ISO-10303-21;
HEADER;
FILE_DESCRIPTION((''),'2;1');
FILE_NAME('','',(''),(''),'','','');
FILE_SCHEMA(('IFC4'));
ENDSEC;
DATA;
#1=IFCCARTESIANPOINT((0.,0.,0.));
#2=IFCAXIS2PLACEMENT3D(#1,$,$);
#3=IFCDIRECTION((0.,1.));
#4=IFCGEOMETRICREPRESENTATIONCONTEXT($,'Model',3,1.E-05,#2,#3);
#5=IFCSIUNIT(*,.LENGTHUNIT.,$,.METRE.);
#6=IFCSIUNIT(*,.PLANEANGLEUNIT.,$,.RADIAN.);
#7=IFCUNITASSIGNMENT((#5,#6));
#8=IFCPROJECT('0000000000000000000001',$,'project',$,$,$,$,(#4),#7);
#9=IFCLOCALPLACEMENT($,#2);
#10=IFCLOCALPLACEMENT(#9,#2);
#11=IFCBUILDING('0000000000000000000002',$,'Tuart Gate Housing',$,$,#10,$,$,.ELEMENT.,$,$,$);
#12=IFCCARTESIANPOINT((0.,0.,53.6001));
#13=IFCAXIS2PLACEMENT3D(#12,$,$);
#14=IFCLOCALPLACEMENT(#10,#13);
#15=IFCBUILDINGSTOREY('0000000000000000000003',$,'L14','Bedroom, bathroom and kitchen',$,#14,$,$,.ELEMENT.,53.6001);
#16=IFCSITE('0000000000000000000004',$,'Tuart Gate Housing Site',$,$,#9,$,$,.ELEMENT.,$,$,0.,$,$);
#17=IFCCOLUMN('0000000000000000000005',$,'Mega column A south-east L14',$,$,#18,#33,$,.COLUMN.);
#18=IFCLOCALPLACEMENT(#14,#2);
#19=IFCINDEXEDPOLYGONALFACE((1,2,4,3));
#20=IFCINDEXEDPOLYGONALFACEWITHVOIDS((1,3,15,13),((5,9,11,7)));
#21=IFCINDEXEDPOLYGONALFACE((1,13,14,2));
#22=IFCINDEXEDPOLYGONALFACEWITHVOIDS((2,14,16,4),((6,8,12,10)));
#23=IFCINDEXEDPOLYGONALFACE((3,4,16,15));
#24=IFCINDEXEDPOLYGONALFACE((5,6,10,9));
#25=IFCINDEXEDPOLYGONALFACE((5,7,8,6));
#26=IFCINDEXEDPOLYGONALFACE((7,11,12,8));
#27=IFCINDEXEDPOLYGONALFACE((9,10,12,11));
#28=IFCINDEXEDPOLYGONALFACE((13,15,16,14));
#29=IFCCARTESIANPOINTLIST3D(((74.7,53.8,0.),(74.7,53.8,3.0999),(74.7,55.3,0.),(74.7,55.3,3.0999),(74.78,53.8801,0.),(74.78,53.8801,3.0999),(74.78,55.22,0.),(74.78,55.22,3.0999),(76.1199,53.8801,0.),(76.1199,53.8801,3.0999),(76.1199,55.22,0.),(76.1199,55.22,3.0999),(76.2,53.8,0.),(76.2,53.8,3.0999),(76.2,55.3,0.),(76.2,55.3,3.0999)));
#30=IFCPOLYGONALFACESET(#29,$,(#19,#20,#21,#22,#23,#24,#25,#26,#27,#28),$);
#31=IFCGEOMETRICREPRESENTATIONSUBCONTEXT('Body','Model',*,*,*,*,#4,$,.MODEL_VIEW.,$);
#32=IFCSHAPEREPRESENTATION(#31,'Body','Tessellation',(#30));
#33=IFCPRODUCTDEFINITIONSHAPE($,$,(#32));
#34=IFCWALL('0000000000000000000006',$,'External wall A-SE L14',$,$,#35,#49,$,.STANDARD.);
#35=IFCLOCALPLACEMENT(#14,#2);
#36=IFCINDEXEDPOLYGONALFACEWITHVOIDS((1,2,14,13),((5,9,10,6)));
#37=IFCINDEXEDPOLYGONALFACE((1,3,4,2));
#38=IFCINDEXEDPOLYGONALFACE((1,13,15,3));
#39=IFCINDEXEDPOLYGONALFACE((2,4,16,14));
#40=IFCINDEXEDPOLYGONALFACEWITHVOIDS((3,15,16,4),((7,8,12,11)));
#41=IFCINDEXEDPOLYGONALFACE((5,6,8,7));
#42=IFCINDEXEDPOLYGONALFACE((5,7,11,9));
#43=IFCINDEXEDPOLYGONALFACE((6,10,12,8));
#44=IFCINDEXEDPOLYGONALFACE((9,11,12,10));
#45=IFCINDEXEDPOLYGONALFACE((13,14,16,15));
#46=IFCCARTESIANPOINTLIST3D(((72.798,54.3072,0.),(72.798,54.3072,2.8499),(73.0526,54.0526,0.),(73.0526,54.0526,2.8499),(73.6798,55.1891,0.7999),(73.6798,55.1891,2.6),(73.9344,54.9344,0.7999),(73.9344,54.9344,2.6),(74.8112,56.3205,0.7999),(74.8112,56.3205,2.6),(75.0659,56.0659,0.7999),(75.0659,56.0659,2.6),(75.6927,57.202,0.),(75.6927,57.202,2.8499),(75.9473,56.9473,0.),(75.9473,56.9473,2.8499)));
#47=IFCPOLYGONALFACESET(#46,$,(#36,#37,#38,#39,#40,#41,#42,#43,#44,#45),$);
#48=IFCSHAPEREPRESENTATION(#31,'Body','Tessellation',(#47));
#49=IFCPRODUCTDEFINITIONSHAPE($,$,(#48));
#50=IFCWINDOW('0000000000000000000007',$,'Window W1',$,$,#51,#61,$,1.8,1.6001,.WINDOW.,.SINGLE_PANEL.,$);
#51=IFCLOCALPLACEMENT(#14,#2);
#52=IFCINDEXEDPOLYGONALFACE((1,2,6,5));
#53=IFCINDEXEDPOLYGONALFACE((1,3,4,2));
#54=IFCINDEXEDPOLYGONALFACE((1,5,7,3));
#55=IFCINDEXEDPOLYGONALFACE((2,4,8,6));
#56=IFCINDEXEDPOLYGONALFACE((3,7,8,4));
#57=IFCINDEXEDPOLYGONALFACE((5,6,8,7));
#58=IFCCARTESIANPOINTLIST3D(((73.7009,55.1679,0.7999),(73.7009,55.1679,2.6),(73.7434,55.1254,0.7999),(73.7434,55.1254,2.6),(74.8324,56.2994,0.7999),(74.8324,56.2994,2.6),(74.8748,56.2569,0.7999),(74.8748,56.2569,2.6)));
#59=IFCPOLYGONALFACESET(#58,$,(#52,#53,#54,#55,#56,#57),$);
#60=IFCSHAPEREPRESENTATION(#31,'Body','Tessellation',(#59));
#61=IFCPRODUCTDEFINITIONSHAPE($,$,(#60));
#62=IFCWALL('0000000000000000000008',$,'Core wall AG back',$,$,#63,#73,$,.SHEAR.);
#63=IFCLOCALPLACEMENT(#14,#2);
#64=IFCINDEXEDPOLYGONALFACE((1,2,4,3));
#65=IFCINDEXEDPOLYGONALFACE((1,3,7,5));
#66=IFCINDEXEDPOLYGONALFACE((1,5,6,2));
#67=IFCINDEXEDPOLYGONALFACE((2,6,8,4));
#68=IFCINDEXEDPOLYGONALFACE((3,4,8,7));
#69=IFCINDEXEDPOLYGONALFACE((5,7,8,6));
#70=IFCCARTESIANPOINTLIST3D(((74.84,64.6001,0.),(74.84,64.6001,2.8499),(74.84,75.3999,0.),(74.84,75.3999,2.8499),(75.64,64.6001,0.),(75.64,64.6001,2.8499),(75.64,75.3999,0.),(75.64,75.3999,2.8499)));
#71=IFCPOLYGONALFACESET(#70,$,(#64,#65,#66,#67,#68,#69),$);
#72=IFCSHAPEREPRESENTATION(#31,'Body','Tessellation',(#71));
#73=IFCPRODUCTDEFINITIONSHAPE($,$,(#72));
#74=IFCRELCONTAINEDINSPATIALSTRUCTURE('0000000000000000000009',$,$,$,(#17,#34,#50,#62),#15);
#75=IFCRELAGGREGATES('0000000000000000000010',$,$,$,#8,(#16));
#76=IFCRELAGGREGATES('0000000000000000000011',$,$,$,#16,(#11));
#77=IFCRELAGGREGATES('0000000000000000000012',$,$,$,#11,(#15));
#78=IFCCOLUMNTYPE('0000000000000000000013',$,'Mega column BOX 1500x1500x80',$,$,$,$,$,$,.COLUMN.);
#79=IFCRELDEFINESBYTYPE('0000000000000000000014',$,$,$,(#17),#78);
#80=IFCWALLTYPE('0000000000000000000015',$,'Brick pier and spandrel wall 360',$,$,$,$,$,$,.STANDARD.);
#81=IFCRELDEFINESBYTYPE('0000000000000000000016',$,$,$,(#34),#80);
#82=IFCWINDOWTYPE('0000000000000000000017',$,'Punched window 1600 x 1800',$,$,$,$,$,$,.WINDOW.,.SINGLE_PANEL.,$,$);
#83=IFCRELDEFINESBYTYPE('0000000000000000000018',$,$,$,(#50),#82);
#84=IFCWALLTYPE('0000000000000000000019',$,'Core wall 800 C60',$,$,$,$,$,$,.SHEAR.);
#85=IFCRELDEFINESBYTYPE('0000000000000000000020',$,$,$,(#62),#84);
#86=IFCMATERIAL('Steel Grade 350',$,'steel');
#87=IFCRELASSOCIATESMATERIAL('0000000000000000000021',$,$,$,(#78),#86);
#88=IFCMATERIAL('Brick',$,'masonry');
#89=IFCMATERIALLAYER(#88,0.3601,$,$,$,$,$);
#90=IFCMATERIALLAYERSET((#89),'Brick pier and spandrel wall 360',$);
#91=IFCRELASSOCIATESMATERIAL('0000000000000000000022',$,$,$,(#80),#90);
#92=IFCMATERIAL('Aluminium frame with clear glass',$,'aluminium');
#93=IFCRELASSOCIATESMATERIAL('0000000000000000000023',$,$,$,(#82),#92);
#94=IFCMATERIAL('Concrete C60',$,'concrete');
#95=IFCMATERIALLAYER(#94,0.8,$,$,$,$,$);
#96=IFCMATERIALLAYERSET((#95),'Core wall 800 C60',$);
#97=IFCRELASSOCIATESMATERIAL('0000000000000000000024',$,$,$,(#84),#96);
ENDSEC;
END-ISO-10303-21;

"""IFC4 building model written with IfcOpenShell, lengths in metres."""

from ifc_helpers import new_model, si_unit, direction, frame, frame_2d, origin, origin_2d, place, context, subcontext, project, spatial, rectangle, hollow_rectangle, extrude, material, layer, layer_set, material_profile, profile_set, type_object, element, fill, save


model = new_model("IFC4")

# Units and contexts
model_context = context("Model", 3, precision=1e-05, world=origin(), true_north=direction((0.0, 1.0)))
body_context = subcontext(model_context, "Body", "Model", "MODEL_VIEW")
ifc_project = project(units=[si_unit("LENGTHUNIT", "METRE"), si_unit("PLANEANGLEUNIT", "RADIAN")], contexts=[model_context])

# Site, building, storey
site_placement = place(None, origin())
site = spatial("IfcSite", under=ifc_project, at=site_placement, Name="Tuart Gate Housing Site", CompositionType="ELEMENT", RefElevation=0.0)
building_placement = place(site_placement, origin())
building = spatial("IfcBuilding", under=site, at=building_placement, Name="Tuart Gate Housing", CompositionType="ELEMENT")
storey_placement = place(building_placement, frame((0.0, 0.0, 53.6001)))
storey = spatial("IfcBuildingStorey", under=building, at=storey_placement, Name="L14", Description="Bedroom, bathroom and kitchen", CompositionType="ELEMENT", Elevation=53.6001)

# Column
ifc_material_1 = material(Name="Steel Grade 350", Category="steel")
ifc_material_profile = material_profile(ifc_material_1, hollow_rectangle(XDim=1.5, YDim=1.5, WallThickness=0.0801, at=origin_2d()), Name="BOX 1500x1500x80")
ifc_profile_set = profile_set([ifc_material_profile], Name="Steel Grade 350")
column_type = type_object("IfcColumnType", Name="Mega column BOX 1500x1500x80", PredefinedType="COLUMN", material=ifc_profile_set)
column_placement = place(storey_placement, frame((75.45, 54.55, 0.0), z_axis=(0.0, 0.0, 1.0), x_axis=(1.0, 0.0, 0.0)))
element("IfcColumn", 1, at=column_placement, inside=storey, type_object=column_type, Name="Mega column A south-east L14", PredefinedType="COLUMN", context=body_context, shape_type="SweptSolid", body=[
    extrude(hollow_rectangle(XDim=1.5, YDim=1.5, WallThickness=0.0801, at=origin_2d()), origin(), (0.0, 0.0, 1.0), 3.0999),
])

# Wall, opening, window
ifc_material_2 = material(Name="Brick", Category="masonry")
ifc_layer_1 = layer(ifc_material_2, 0.3601)
ifc_layer_set_1 = layer_set([ifc_layer_1], Name="Brick pier and spandrel wall 360")
wall_type_1 = type_object("IfcWallType", Name="Brick pier and spandrel wall 360", PredefinedType="STANDARD", material=ifc_layer_set_1)
wall_1_placement = place(storey_placement, frame((72.9253, 54.1799, 0.0), z_axis=(0.0, 0.0, 1.0), x_axis=(0.707107, 0.707107, 0.0)))
wall_1 = element("IfcWall", 2, at=wall_1_placement, inside=storey, type_object=wall_type_1, Name="External wall A-SE L14", PredefinedType="STANDARD", context=body_context, shape_type="SweptSolid", body=[
    extrude(rectangle(XDim=4.0938, YDim=0.3601, at=frame_2d((2.0469, 0.0))), origin(), (0.0, 0.0, 1.0), 2.8499),
])
opening_placement = place(wall_1_placement, frame((1.2471, 0.0, 0.8)))
opening = element("IfcOpeningElement", 3, at=opening_placement, cuts=wall_1, PredefinedType="OPENING", context=body_context, shape_type="SweptSolid", body=[
    extrude(rectangle(XDim=1.6001, YDim=1.8, at=frame_2d((0.8, 0.8999))), frame((0.0, 0.1899, 0.0), z_axis=(0.0, -1.0, 0.0), x_axis=(1.0, 0.0, 0.0)), (0.0, 0.0, 1.0), 0.3801),
])
ifc_material_3 = material(Name="Aluminium frame with clear glass", Category="aluminium")
window_type = type_object("IfcWindowType", Name="Punched window 1600 x 1800", PartitioningType="SINGLE_PANEL", PredefinedType="WINDOW", material=ifc_material_3)
window_placement = place(opening_placement, origin())
window = element("IfcWindow", 4, at=window_placement, inside=storey, type_object=window_type, Name="Window W1", OverallHeight=1.8, OverallWidth=1.6001, PartitioningType="SINGLE_PANEL", PredefinedType="WINDOW", context=body_context, shape_type="SweptSolid", body=[
    extrude(rectangle(XDim=1.6001, YDim=1.8, at=frame_2d((0.8, 0.8999))), frame((0.0, 0.1501, 0.0), z_axis=(0.0, -1.0, 0.0), x_axis=(1.0, 0.0, 0.0)), (0.0, 0.0, 1.0), 0.0601),
])
fill(opening, window)

# Wall
ifc_material_4 = material(Name="Concrete C60", Category="concrete")
ifc_layer_2 = layer(ifc_material_4, 0.8)
ifc_layer_set_2 = layer_set([ifc_layer_2], Name="Core wall 800 C60")
wall_type_2 = type_object("IfcWallType", Name="Core wall 800 C60", PredefinedType="SHEAR", material=ifc_layer_set_2)
wall_2_placement = place(storey_placement, frame((75.24, 64.6001, 0.0), z_axis=(0.0, 0.0, 1.0), x_axis=(0.0, 1.0, 0.0)))
element("IfcWall", 5, at=wall_2_placement, inside=storey, type_object=wall_type_2, Name="Core wall AG back", PredefinedType="SHEAR", context=body_context, shape_type="SweptSolid", body=[
    extrude(rectangle(XDim=10.7998, YDim=0.8, at=frame_2d((5.3999, 0.0))), origin(), (0.0, 0.0, 1.0), 2.8499),
])

save(model, "model.ifc")
